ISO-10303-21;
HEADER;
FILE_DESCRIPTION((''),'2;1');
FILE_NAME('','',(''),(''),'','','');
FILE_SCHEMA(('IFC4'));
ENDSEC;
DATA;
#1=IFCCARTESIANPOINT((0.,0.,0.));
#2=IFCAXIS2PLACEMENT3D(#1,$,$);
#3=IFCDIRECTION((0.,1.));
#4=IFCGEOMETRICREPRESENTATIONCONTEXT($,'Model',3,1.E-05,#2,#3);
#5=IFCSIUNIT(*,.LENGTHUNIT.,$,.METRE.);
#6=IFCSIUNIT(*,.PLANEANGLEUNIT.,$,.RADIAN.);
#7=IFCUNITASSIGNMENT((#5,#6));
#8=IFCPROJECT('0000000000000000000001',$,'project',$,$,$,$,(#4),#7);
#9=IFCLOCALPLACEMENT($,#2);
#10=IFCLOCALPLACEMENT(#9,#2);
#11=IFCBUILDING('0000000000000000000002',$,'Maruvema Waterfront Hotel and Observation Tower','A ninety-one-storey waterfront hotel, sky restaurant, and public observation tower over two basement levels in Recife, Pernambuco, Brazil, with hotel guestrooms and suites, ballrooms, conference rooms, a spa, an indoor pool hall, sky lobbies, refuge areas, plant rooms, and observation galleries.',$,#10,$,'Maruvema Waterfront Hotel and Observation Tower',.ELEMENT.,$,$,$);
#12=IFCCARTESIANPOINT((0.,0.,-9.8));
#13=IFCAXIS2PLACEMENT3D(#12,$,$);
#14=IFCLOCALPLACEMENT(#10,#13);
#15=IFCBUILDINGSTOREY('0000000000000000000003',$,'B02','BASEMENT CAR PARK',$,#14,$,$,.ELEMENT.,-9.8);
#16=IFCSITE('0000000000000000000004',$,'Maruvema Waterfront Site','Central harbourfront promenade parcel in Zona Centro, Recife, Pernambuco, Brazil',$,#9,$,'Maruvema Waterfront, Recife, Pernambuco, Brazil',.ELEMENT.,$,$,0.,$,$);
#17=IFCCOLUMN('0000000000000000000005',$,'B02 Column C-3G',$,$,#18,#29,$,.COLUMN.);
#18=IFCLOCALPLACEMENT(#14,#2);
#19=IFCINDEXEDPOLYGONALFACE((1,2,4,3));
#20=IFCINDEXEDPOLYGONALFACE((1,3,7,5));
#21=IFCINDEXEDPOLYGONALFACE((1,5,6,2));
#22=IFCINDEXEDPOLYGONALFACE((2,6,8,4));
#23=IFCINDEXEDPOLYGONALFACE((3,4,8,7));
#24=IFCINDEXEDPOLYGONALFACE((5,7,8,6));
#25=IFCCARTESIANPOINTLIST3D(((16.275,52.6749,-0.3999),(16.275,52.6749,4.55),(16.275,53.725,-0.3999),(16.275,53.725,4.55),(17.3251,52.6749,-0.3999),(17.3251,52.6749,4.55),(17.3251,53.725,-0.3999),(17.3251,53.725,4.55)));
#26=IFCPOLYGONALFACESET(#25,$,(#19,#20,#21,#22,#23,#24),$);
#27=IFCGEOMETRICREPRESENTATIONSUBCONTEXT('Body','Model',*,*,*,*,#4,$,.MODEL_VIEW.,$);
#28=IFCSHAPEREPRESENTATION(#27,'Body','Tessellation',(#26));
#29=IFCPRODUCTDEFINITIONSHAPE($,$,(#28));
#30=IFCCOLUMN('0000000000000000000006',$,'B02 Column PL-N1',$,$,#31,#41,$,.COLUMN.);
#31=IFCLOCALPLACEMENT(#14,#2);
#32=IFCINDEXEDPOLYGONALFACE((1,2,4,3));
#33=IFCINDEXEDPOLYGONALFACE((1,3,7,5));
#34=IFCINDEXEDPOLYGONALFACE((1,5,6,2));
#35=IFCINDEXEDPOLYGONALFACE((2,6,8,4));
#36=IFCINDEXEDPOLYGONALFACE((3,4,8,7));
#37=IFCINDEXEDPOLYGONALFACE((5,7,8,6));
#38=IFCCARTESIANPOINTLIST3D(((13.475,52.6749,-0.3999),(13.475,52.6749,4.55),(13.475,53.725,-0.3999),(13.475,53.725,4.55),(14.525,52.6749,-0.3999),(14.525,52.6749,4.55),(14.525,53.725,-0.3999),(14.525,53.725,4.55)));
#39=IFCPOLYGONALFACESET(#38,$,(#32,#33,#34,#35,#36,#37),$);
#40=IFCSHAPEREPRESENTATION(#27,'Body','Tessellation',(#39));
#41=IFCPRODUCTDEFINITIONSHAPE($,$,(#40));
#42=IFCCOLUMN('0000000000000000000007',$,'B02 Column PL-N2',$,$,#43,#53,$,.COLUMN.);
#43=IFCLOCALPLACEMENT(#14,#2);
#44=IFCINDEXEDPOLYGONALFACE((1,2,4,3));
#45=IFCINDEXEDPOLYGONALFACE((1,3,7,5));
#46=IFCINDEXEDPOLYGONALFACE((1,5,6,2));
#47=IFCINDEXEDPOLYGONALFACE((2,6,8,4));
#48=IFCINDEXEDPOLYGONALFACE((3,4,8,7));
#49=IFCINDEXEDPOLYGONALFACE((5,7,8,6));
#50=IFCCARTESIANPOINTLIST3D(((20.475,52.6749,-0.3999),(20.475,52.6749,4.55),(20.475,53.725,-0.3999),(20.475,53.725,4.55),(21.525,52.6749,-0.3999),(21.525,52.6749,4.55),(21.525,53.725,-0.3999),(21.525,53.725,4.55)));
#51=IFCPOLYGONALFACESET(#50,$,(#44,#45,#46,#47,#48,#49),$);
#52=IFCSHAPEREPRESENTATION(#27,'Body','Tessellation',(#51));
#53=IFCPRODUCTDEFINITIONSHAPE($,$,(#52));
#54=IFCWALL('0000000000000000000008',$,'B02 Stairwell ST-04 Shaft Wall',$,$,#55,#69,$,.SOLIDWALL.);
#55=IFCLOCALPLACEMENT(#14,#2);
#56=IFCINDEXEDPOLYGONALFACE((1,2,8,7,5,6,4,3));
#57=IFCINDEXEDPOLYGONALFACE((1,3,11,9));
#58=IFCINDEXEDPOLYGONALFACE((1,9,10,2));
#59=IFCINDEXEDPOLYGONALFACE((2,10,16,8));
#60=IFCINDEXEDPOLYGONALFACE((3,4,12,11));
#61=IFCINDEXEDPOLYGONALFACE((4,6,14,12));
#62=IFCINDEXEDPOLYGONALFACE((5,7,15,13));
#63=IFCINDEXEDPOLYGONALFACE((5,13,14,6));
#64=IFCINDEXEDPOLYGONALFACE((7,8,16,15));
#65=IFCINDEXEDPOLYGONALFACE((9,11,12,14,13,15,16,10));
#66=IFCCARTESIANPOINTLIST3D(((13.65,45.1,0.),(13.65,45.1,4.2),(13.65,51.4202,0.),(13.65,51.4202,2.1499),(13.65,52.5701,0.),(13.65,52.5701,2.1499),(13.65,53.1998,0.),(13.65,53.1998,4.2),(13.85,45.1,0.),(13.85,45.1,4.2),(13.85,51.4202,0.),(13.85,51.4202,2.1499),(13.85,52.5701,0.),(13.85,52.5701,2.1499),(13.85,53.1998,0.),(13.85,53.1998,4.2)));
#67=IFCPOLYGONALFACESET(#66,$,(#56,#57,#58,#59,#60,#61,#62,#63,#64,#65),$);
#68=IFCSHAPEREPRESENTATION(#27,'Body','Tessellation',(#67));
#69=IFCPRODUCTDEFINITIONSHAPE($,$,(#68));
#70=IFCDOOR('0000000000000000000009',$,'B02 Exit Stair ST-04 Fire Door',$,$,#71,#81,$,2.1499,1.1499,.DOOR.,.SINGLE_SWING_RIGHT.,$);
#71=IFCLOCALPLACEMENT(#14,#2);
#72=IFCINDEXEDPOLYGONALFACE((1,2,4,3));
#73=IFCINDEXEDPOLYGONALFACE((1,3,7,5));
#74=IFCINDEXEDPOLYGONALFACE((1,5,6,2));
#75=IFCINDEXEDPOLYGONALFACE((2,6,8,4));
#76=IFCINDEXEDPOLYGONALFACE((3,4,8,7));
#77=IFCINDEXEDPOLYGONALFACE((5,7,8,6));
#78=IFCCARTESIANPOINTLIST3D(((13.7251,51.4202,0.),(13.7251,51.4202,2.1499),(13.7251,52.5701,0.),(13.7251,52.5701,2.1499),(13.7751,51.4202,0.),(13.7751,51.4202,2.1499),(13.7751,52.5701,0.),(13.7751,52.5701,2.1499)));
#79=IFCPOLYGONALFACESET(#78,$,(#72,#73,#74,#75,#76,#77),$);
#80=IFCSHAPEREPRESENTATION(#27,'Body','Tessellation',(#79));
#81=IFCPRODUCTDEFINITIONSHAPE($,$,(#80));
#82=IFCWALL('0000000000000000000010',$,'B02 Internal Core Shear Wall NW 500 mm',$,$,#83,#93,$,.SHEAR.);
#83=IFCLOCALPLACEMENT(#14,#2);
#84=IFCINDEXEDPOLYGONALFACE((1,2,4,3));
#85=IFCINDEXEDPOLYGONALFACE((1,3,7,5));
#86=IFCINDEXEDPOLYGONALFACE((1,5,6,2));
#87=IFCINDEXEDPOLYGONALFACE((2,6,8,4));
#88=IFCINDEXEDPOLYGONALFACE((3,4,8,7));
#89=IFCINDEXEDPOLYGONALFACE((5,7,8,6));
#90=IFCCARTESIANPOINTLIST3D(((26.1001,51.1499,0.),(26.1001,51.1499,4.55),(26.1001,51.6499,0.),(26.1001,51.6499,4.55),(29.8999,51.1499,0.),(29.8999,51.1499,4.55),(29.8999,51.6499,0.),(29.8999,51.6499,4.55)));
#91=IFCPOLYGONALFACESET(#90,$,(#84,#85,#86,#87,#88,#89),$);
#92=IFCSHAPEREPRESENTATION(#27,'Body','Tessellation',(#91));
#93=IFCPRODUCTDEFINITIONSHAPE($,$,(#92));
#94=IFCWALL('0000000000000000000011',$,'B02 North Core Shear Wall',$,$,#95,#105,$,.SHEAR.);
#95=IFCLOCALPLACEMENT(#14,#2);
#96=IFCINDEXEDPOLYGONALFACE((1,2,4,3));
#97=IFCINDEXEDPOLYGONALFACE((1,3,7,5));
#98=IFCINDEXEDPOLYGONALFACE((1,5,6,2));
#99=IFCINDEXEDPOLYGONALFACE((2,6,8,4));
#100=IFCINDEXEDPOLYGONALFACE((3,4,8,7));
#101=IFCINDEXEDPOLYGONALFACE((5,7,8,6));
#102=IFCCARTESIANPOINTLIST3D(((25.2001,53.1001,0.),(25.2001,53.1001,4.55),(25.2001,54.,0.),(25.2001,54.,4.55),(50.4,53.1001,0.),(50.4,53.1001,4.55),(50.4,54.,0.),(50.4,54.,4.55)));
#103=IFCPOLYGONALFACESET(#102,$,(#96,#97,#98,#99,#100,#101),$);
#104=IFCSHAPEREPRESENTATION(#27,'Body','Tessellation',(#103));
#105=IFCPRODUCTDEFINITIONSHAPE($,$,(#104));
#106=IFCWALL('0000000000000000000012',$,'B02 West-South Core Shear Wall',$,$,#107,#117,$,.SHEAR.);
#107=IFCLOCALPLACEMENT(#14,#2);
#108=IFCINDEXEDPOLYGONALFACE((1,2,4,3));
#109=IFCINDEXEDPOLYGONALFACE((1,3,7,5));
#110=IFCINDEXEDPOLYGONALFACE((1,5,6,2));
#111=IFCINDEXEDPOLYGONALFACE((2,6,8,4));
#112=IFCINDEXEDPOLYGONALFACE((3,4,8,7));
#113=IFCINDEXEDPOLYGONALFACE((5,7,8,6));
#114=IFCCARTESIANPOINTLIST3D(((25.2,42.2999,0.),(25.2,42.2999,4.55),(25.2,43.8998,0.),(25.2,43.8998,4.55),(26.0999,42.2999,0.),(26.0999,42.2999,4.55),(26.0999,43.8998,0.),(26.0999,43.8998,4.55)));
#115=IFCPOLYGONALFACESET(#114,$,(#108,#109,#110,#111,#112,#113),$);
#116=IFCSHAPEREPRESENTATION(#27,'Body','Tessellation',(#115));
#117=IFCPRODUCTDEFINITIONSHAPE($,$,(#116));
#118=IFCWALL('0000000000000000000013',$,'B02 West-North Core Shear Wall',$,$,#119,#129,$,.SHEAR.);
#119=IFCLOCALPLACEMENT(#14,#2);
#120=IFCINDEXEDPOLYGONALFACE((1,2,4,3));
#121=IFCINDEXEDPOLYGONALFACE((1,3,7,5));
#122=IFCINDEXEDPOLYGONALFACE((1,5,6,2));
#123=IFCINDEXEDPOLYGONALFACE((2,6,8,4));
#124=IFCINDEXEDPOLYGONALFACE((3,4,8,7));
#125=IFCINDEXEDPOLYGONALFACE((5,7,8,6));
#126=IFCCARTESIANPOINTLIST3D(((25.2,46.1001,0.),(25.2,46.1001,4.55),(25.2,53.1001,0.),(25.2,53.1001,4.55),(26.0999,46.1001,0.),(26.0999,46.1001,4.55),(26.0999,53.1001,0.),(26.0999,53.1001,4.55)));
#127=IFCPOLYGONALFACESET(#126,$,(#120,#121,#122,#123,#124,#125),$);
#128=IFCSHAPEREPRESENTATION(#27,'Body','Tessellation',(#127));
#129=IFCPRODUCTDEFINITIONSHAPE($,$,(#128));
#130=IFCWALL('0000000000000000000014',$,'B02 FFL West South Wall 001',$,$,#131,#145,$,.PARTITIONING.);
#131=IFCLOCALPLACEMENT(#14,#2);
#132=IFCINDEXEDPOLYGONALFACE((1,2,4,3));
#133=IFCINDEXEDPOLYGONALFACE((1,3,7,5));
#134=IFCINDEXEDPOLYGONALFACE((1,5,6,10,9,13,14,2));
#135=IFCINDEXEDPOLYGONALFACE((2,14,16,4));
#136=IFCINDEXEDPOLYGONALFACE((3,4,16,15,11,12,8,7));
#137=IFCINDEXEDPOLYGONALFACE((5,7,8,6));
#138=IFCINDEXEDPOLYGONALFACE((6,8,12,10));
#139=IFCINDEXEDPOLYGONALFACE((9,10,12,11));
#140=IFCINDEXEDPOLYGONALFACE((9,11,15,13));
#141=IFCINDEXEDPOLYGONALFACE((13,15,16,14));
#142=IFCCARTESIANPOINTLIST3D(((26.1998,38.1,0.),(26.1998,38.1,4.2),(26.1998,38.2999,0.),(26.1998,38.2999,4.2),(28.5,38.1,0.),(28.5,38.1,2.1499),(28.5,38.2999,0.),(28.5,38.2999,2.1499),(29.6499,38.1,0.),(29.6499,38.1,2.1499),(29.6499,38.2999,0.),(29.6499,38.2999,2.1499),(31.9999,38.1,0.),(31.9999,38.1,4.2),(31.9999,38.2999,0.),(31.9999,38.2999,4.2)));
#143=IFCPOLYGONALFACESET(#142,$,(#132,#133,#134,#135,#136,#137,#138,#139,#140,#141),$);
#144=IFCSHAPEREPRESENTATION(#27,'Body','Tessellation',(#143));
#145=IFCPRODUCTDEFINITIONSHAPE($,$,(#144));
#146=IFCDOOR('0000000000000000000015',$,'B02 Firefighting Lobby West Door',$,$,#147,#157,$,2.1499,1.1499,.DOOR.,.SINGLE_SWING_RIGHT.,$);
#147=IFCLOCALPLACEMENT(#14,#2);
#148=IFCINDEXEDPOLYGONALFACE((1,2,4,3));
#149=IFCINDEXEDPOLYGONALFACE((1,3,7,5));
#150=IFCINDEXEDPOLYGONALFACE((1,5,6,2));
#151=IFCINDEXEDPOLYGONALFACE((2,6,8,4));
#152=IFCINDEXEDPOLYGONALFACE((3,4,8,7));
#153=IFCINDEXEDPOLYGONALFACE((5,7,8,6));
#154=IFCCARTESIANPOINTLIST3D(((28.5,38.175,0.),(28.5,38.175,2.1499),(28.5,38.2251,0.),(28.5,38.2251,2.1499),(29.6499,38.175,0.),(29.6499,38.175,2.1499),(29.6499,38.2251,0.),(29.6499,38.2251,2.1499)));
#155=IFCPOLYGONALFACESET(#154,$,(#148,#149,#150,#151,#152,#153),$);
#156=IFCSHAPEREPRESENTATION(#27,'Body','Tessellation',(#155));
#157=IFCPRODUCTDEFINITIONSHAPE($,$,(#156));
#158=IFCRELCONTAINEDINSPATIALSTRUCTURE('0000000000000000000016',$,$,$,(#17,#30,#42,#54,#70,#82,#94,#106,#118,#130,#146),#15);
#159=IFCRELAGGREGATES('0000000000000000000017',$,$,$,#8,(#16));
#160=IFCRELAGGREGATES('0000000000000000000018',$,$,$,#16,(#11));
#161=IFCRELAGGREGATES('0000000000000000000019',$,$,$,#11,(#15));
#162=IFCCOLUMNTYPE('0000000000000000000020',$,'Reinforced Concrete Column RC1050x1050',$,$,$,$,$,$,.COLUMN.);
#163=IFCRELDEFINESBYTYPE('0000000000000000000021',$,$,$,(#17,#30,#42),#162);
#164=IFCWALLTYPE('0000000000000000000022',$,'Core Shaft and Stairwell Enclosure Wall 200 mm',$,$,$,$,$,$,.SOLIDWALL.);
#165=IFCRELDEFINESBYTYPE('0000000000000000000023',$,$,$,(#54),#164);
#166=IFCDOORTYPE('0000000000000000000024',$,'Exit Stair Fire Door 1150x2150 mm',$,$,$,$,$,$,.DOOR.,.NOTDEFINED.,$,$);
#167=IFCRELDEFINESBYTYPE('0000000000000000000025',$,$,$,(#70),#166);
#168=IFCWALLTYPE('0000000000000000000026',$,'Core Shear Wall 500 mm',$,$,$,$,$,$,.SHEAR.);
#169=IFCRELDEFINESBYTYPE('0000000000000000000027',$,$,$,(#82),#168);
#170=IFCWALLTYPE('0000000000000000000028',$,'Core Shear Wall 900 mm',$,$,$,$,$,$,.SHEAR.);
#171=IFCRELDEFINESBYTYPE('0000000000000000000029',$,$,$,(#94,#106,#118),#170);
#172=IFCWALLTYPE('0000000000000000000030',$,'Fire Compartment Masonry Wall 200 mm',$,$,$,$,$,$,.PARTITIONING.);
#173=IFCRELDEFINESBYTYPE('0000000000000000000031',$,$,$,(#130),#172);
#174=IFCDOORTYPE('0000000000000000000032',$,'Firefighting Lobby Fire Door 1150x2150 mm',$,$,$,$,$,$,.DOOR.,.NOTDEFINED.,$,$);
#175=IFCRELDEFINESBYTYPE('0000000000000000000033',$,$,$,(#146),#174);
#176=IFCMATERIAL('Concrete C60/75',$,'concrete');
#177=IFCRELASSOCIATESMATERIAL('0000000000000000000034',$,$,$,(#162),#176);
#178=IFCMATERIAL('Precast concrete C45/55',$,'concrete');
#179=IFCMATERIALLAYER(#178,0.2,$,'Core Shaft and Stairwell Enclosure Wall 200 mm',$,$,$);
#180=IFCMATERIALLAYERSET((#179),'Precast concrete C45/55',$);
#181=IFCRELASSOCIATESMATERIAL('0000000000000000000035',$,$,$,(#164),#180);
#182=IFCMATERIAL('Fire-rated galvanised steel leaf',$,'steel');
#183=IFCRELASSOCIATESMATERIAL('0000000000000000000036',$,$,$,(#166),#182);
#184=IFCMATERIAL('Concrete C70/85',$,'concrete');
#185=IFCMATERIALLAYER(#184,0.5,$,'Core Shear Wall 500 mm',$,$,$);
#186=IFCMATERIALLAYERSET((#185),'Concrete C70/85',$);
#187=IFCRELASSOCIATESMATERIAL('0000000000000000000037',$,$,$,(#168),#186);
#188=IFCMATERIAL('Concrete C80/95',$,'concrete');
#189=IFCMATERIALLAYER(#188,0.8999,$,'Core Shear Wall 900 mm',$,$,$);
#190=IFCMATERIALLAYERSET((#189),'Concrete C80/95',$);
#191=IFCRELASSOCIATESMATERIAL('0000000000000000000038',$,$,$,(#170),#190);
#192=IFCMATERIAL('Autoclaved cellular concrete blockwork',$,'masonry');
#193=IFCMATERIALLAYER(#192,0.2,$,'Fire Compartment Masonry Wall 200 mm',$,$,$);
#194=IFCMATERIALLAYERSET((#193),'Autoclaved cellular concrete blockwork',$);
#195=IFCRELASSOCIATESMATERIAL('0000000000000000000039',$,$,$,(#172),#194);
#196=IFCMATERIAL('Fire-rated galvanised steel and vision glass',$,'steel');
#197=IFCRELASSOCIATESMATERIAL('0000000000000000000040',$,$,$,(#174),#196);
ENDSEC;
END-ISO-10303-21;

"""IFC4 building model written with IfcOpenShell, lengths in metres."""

from ifc_helpers import new_model, si_unit, direction, frame, frame_2d, origin, origin_2d, place, context, subcontext, project, spatial, rectangle, extrude, material, layer, layer_set, material_profile, profile_set, type_object, element, fill, save


model = new_model("IFC4")

# Units and contexts
model_context = context("Model", 3, precision=1e-05, world=origin(), true_north=direction((0.0, 1.0)))
body_context = subcontext(model_context, "Body", "Model", "MODEL_VIEW")
ifc_project = project(units=[si_unit("LENGTHUNIT", "METRE"), si_unit("PLANEANGLEUNIT", "RADIAN")], contexts=[model_context])

# Site, building, storey
site_placement = place(None, origin())
site = spatial("IfcSite", under=ifc_project, at=site_placement, Name="Maruvema Waterfront Site", Description="Central harbourfront promenade parcel in Zona Centro, Recife, Pernambuco, Brazil", LongName="Maruvema Waterfront, Recife, Pernambuco, Brazil", CompositionType="ELEMENT", RefElevation=0.0)
building_placement = place(site_placement, origin())
building = spatial("IfcBuilding", under=site, at=building_placement, Name="Maruvema Waterfront Hotel and Observation Tower", Description="A ninety-one-storey waterfront hotel, sky restaurant, and public observation tower over two basement levels in Recife, Pernambuco, Brazil, with hotel guestrooms and suites, ballrooms, conference rooms, a spa, an indoor pool hall, sky lobbies, refuge areas, plant rooms, and observation galleries.", LongName="Maruvema Waterfront Hotel and Observation Tower", CompositionType="ELEMENT")
storey_placement = place(building_placement, frame((0.0, 0.0, -9.8)))
storey = spatial("IfcBuildingStorey", under=building, at=storey_placement, Name="B02", Description="BASEMENT CAR PARK", CompositionType="ELEMENT", Elevation=-9.8)

# Columns
ifc_material_1 = material(Name="Concrete C60/75", Category="concrete")
ifc_material_profile_1 = material_profile(ifc_material_1, rectangle(XDim=1.05, YDim=1.05, at=origin_2d()), Name="RC1050x1050")
ifc_profile_set_1 = profile_set([ifc_material_profile_1], Name="Concrete C60/75")
column_type_1 = type_object("IfcColumnType", Name="Reinforced Concrete Column RC1050x1050", PredefinedType="COLUMN", material=ifc_profile_set_1)
for number, where, z_axis, x_axis, name in (
    (1, (16.8, 53.2, -0.3999), (0.0, 0.0, 1.0), (1.0, 0.0, 0.0), "B02 Column C-3G"),
    (2, (14.0, 53.2, -0.3999), (0.0, 0.0, 1.0), (1.0, 0.0, 0.0), "B02 Column PL-N1"),
    (3, (21.0, 53.2, -0.3999), (0.0, 0.0, 1.0), (1.0, 0.0, 0.0), "B02 Column PL-N2"),
):
    element("IfcColumn", number, at=place(storey_placement, frame(where, z_axis=z_axis, x_axis=x_axis)), inside=storey, type_object=column_type_1, Name=name, PredefinedType="COLUMN", context=body_context, shape_type="SweptSolid", body=[
        extrude(rectangle(XDim=1.05, YDim=1.05, at=origin_2d()), origin(), (0.0, 0.0, 1.0), 4.95),
    ])

# Wall, opening, door
ifc_material_2 = material(Name="Precast concrete C45/55", Category="concrete")
ifc_layer_1 = layer(ifc_material_2, 0.2, Name="Core Shaft and Stairwell Enclosure Wall 200 mm")
ifc_layer_set_1 = layer_set([ifc_layer_1], Name="Precast concrete C45/55")
wall_type_1 = type_object("IfcWallType", Name="Core Shaft and Stairwell Enclosure Wall 200 mm", PredefinedType="SOLIDWALL", material=ifc_layer_set_1)
wall_1_placement = place(storey_placement, frame((13.75, 45.1001, 0.0), z_axis=(0.0, 0.0, 1.0), x_axis=(0.0, 1.0, 0.0)))
wall_1 = element("IfcWall", 4, at=wall_1_placement, inside=storey, type_object=wall_type_1, Name="B02 Stairwell ST-04 Shaft Wall", PredefinedType="SOLIDWALL", context=body_context, shape_type="SweptSolid", body=[
    extrude(rectangle(XDim=8.0999, YDim=0.2, at=frame_2d((4.0498, 0.0))), origin(), (0.0, 0.0, 1.0), 4.2),
])
opening_1_placement = place(wall_1_placement, frame((6.3201, 0.0, 0.0)))
opening_1 = element("IfcOpeningElement", 5, at=opening_1_placement, cuts=wall_1, PredefinedType="OPENING", context=body_context, shape_type="SweptSolid", body=[
    extrude(rectangle(XDim=1.1499, YDim=2.1499, at=frame_2d((0.575, 1.075))), frame((0.0, 0.1099, 0.0), z_axis=(0.0, -1.0, 0.0), x_axis=(1.0, 0.0, 0.0)), (0.0, 0.0, 1.0), 0.22),
])
ifc_material_3 = material(Name="Fire-rated galvanised steel leaf", Category="steel")
door_type_1 = type_object("IfcDoorType", Name="Exit Stair Fire Door 1150x2150 mm", OperationType="NOTDEFINED", PredefinedType="DOOR", material=ifc_material_3)
door_1_placement = place(opening_1_placement, origin())
door_1 = element("IfcDoor", 6, at=door_1_placement, inside=storey, type_object=door_type_1, Name="B02 Exit Stair ST-04 Fire Door", OperationType="SINGLE_SWING_RIGHT", OverallHeight=2.1499, OverallWidth=1.1499, PredefinedType="DOOR", context=body_context, shape_type="SweptSolid", body=[
    extrude(rectangle(XDim=1.1499, YDim=2.1499, at=frame_2d((0.575, 1.075))), frame((0.0, 0.0249, 0.0), z_axis=(0.0, -1.0, 0.0), x_axis=(1.0, 0.0, 0.0)), (0.0, 0.0, 1.0), 0.05),
])
fill(opening_1, door_1)

# Walls
ifc_material_4 = material(Name="Concrete C70/85", Category="concrete")
ifc_layer_2 = layer(ifc_material_4, 0.5, Name="Core Shear Wall 500 mm")
ifc_layer_set_2 = layer_set([ifc_layer_2], Name="Concrete C70/85")
wall_type_2 = type_object("IfcWallType", Name="Core Shear Wall 500 mm", PredefinedType="SHEAR", material=ifc_layer_set_2)
wall_2_placement = place(storey_placement, frame((26.1001, 51.3999, 0.0), z_axis=(0.0, 0.0, 1.0), x_axis=(1.0, 0.0, 0.0)))
element("IfcWall", 7, at=wall_2_placement, inside=storey, type_object=wall_type_2, Name="B02 Internal Core Shear Wall NW 500 mm", PredefinedType="SHEAR", context=body_context, shape_type="SweptSolid", body=[
    extrude(rectangle(XDim=3.7998, YDim=0.5, at=frame_2d((1.8999, 0.0))), origin(), (0.0, 0.0, 1.0), 4.55),
])
ifc_material_5 = material(Name="Concrete C80/95", Category="concrete")
ifc_layer_3 = layer(ifc_material_5, 0.8999, Name="Core Shear Wall 900 mm")
ifc_layer_set_3 = layer_set([ifc_layer_3], Name="Concrete C80/95")
wall_type_3 = type_object("IfcWallType", Name="Core Shear Wall 900 mm", PredefinedType="SHEAR", material=ifc_layer_set_3)
wall_3_placement = place(storey_placement, frame((25.2, 53.55, 0.0), z_axis=(0.0, 0.0, 1.0), x_axis=(1.0, 0.0, 0.0)))
element("IfcWall", 8, at=wall_3_placement, inside=storey, type_object=wall_type_3, Name="B02 North Core Shear Wall", PredefinedType="SHEAR", context=body_context, shape_type="SweptSolid", body=[
    extrude(rectangle(XDim=25.2, YDim=0.8999, at=frame_2d((12.6001, 0.0))), origin(), (0.0, 0.0, 1.0), 4.55),
])

# Walls
wall_4_placement = place(storey_placement, frame((25.6499, 42.3, 0.0), z_axis=(0.0, 0.0, 1.0), x_axis=(0.0, 1.0, 0.0)))
element("IfcWall", 9, at=wall_4_placement, inside=storey, type_object=wall_type_3, Name="B02 West-South Core Shear Wall", PredefinedType="SHEAR", context=body_context, shape_type="SweptSolid", body=[
    extrude(rectangle(XDim=1.5999, YDim=0.8999, at=frame_2d((0.7998, 0.0))), origin(), (0.0, 0.0, 1.0), 4.55),
])
wall_5_placement = place(storey_placement, frame((25.6499, 46.1001, 0.0), z_axis=(0.0, 0.0, 1.0), x_axis=(0.0, 1.0, 0.0)))
element("IfcWall", 10, at=wall_5_placement, inside=storey, type_object=wall_type_3, Name="B02 West-North Core Shear Wall", PredefinedType="SHEAR", context=body_context, shape_type="SweptSolid", body=[
    extrude(rectangle(XDim=7.0, YDim=0.8999, at=frame_2d((3.5, 0.0))), origin(), (0.0, 0.0, 1.0), 4.55),
])

# Wall, opening, door
ifc_material_6 = material(Name="Autoclaved cellular concrete blockwork", Category="masonry")
ifc_layer_4 = layer(ifc_material_6, 0.2, Name="Fire Compartment Masonry Wall 200 mm")
ifc_layer_set_4 = layer_set([ifc_layer_4], Name="Autoclaved cellular concrete blockwork")
wall_type_4 = type_object("IfcWallType", Name="Fire Compartment Masonry Wall 200 mm", PredefinedType="PARTITIONING", material=ifc_layer_set_4)
wall_6_placement = place(storey_placement, frame((26.2, 38.2, 0.0), z_axis=(0.0, 0.0, 1.0), x_axis=(1.0, 0.0, 0.0)))
wall_6 = element("IfcWall", 11, at=wall_6_placement, inside=storey, type_object=wall_type_4, Name="B02 FFL West South Wall 001", PredefinedType="PARTITIONING", context=body_context, shape_type="SweptSolid", body=[
    extrude(rectangle(XDim=5.8, YDim=0.2, at=frame_2d((2.8999, 0.0))), origin(), (0.0, 0.0, 1.0), 4.2),
])
opening_2_placement = place(wall_6_placement, frame((2.3, 0.0, 0.0)))
opening_2 = element("IfcOpeningElement", 12, at=opening_2_placement, cuts=wall_6, PredefinedType="OPENING", context=body_context, shape_type="SweptSolid", body=[
    extrude(rectangle(XDim=1.1499, YDim=2.1499, at=frame_2d((0.575, 1.075))), frame((0.0, 0.1099, 0.0), z_axis=(0.0, -1.0, 0.0), x_axis=(1.0, 0.0, 0.0)), (0.0, 0.0, 1.0), 0.22),
])
ifc_material_7 = material(Name="Fire-rated galvanised steel and vision glass", Category="steel")
door_type_2 = type_object("IfcDoorType", Name="Firefighting Lobby Fire Door 1150x2150 mm", OperationType="NOTDEFINED", PredefinedType="DOOR", material=ifc_material_7)
door_2_placement = place(opening_2_placement, frame((1.1499, 0.0, 0.0), z_axis=(0.0, 0.0, 1.0), x_axis=(-1.0, 0.0, 0.0)))
door_2 = element("IfcDoor", 13, at=door_2_placement, inside=storey, type_object=door_type_2, Name="B02 Firefighting Lobby West Door", OperationType="SINGLE_SWING_RIGHT", OverallHeight=2.1499, OverallWidth=1.1499, PredefinedType="DOOR", context=body_context, shape_type="SweptSolid", body=[
    extrude(rectangle(XDim=1.1499, YDim=2.1499, at=frame_2d((0.575, 1.075))), frame((0.0, 0.0249, 0.0), z_axis=(0.0, -1.0, 0.0), x_axis=(1.0, 0.0, 0.0)), (0.0, 0.0, 1.0), 0.05),
])
fill(opening_2, door_2)

save(model, "model.ifc")
